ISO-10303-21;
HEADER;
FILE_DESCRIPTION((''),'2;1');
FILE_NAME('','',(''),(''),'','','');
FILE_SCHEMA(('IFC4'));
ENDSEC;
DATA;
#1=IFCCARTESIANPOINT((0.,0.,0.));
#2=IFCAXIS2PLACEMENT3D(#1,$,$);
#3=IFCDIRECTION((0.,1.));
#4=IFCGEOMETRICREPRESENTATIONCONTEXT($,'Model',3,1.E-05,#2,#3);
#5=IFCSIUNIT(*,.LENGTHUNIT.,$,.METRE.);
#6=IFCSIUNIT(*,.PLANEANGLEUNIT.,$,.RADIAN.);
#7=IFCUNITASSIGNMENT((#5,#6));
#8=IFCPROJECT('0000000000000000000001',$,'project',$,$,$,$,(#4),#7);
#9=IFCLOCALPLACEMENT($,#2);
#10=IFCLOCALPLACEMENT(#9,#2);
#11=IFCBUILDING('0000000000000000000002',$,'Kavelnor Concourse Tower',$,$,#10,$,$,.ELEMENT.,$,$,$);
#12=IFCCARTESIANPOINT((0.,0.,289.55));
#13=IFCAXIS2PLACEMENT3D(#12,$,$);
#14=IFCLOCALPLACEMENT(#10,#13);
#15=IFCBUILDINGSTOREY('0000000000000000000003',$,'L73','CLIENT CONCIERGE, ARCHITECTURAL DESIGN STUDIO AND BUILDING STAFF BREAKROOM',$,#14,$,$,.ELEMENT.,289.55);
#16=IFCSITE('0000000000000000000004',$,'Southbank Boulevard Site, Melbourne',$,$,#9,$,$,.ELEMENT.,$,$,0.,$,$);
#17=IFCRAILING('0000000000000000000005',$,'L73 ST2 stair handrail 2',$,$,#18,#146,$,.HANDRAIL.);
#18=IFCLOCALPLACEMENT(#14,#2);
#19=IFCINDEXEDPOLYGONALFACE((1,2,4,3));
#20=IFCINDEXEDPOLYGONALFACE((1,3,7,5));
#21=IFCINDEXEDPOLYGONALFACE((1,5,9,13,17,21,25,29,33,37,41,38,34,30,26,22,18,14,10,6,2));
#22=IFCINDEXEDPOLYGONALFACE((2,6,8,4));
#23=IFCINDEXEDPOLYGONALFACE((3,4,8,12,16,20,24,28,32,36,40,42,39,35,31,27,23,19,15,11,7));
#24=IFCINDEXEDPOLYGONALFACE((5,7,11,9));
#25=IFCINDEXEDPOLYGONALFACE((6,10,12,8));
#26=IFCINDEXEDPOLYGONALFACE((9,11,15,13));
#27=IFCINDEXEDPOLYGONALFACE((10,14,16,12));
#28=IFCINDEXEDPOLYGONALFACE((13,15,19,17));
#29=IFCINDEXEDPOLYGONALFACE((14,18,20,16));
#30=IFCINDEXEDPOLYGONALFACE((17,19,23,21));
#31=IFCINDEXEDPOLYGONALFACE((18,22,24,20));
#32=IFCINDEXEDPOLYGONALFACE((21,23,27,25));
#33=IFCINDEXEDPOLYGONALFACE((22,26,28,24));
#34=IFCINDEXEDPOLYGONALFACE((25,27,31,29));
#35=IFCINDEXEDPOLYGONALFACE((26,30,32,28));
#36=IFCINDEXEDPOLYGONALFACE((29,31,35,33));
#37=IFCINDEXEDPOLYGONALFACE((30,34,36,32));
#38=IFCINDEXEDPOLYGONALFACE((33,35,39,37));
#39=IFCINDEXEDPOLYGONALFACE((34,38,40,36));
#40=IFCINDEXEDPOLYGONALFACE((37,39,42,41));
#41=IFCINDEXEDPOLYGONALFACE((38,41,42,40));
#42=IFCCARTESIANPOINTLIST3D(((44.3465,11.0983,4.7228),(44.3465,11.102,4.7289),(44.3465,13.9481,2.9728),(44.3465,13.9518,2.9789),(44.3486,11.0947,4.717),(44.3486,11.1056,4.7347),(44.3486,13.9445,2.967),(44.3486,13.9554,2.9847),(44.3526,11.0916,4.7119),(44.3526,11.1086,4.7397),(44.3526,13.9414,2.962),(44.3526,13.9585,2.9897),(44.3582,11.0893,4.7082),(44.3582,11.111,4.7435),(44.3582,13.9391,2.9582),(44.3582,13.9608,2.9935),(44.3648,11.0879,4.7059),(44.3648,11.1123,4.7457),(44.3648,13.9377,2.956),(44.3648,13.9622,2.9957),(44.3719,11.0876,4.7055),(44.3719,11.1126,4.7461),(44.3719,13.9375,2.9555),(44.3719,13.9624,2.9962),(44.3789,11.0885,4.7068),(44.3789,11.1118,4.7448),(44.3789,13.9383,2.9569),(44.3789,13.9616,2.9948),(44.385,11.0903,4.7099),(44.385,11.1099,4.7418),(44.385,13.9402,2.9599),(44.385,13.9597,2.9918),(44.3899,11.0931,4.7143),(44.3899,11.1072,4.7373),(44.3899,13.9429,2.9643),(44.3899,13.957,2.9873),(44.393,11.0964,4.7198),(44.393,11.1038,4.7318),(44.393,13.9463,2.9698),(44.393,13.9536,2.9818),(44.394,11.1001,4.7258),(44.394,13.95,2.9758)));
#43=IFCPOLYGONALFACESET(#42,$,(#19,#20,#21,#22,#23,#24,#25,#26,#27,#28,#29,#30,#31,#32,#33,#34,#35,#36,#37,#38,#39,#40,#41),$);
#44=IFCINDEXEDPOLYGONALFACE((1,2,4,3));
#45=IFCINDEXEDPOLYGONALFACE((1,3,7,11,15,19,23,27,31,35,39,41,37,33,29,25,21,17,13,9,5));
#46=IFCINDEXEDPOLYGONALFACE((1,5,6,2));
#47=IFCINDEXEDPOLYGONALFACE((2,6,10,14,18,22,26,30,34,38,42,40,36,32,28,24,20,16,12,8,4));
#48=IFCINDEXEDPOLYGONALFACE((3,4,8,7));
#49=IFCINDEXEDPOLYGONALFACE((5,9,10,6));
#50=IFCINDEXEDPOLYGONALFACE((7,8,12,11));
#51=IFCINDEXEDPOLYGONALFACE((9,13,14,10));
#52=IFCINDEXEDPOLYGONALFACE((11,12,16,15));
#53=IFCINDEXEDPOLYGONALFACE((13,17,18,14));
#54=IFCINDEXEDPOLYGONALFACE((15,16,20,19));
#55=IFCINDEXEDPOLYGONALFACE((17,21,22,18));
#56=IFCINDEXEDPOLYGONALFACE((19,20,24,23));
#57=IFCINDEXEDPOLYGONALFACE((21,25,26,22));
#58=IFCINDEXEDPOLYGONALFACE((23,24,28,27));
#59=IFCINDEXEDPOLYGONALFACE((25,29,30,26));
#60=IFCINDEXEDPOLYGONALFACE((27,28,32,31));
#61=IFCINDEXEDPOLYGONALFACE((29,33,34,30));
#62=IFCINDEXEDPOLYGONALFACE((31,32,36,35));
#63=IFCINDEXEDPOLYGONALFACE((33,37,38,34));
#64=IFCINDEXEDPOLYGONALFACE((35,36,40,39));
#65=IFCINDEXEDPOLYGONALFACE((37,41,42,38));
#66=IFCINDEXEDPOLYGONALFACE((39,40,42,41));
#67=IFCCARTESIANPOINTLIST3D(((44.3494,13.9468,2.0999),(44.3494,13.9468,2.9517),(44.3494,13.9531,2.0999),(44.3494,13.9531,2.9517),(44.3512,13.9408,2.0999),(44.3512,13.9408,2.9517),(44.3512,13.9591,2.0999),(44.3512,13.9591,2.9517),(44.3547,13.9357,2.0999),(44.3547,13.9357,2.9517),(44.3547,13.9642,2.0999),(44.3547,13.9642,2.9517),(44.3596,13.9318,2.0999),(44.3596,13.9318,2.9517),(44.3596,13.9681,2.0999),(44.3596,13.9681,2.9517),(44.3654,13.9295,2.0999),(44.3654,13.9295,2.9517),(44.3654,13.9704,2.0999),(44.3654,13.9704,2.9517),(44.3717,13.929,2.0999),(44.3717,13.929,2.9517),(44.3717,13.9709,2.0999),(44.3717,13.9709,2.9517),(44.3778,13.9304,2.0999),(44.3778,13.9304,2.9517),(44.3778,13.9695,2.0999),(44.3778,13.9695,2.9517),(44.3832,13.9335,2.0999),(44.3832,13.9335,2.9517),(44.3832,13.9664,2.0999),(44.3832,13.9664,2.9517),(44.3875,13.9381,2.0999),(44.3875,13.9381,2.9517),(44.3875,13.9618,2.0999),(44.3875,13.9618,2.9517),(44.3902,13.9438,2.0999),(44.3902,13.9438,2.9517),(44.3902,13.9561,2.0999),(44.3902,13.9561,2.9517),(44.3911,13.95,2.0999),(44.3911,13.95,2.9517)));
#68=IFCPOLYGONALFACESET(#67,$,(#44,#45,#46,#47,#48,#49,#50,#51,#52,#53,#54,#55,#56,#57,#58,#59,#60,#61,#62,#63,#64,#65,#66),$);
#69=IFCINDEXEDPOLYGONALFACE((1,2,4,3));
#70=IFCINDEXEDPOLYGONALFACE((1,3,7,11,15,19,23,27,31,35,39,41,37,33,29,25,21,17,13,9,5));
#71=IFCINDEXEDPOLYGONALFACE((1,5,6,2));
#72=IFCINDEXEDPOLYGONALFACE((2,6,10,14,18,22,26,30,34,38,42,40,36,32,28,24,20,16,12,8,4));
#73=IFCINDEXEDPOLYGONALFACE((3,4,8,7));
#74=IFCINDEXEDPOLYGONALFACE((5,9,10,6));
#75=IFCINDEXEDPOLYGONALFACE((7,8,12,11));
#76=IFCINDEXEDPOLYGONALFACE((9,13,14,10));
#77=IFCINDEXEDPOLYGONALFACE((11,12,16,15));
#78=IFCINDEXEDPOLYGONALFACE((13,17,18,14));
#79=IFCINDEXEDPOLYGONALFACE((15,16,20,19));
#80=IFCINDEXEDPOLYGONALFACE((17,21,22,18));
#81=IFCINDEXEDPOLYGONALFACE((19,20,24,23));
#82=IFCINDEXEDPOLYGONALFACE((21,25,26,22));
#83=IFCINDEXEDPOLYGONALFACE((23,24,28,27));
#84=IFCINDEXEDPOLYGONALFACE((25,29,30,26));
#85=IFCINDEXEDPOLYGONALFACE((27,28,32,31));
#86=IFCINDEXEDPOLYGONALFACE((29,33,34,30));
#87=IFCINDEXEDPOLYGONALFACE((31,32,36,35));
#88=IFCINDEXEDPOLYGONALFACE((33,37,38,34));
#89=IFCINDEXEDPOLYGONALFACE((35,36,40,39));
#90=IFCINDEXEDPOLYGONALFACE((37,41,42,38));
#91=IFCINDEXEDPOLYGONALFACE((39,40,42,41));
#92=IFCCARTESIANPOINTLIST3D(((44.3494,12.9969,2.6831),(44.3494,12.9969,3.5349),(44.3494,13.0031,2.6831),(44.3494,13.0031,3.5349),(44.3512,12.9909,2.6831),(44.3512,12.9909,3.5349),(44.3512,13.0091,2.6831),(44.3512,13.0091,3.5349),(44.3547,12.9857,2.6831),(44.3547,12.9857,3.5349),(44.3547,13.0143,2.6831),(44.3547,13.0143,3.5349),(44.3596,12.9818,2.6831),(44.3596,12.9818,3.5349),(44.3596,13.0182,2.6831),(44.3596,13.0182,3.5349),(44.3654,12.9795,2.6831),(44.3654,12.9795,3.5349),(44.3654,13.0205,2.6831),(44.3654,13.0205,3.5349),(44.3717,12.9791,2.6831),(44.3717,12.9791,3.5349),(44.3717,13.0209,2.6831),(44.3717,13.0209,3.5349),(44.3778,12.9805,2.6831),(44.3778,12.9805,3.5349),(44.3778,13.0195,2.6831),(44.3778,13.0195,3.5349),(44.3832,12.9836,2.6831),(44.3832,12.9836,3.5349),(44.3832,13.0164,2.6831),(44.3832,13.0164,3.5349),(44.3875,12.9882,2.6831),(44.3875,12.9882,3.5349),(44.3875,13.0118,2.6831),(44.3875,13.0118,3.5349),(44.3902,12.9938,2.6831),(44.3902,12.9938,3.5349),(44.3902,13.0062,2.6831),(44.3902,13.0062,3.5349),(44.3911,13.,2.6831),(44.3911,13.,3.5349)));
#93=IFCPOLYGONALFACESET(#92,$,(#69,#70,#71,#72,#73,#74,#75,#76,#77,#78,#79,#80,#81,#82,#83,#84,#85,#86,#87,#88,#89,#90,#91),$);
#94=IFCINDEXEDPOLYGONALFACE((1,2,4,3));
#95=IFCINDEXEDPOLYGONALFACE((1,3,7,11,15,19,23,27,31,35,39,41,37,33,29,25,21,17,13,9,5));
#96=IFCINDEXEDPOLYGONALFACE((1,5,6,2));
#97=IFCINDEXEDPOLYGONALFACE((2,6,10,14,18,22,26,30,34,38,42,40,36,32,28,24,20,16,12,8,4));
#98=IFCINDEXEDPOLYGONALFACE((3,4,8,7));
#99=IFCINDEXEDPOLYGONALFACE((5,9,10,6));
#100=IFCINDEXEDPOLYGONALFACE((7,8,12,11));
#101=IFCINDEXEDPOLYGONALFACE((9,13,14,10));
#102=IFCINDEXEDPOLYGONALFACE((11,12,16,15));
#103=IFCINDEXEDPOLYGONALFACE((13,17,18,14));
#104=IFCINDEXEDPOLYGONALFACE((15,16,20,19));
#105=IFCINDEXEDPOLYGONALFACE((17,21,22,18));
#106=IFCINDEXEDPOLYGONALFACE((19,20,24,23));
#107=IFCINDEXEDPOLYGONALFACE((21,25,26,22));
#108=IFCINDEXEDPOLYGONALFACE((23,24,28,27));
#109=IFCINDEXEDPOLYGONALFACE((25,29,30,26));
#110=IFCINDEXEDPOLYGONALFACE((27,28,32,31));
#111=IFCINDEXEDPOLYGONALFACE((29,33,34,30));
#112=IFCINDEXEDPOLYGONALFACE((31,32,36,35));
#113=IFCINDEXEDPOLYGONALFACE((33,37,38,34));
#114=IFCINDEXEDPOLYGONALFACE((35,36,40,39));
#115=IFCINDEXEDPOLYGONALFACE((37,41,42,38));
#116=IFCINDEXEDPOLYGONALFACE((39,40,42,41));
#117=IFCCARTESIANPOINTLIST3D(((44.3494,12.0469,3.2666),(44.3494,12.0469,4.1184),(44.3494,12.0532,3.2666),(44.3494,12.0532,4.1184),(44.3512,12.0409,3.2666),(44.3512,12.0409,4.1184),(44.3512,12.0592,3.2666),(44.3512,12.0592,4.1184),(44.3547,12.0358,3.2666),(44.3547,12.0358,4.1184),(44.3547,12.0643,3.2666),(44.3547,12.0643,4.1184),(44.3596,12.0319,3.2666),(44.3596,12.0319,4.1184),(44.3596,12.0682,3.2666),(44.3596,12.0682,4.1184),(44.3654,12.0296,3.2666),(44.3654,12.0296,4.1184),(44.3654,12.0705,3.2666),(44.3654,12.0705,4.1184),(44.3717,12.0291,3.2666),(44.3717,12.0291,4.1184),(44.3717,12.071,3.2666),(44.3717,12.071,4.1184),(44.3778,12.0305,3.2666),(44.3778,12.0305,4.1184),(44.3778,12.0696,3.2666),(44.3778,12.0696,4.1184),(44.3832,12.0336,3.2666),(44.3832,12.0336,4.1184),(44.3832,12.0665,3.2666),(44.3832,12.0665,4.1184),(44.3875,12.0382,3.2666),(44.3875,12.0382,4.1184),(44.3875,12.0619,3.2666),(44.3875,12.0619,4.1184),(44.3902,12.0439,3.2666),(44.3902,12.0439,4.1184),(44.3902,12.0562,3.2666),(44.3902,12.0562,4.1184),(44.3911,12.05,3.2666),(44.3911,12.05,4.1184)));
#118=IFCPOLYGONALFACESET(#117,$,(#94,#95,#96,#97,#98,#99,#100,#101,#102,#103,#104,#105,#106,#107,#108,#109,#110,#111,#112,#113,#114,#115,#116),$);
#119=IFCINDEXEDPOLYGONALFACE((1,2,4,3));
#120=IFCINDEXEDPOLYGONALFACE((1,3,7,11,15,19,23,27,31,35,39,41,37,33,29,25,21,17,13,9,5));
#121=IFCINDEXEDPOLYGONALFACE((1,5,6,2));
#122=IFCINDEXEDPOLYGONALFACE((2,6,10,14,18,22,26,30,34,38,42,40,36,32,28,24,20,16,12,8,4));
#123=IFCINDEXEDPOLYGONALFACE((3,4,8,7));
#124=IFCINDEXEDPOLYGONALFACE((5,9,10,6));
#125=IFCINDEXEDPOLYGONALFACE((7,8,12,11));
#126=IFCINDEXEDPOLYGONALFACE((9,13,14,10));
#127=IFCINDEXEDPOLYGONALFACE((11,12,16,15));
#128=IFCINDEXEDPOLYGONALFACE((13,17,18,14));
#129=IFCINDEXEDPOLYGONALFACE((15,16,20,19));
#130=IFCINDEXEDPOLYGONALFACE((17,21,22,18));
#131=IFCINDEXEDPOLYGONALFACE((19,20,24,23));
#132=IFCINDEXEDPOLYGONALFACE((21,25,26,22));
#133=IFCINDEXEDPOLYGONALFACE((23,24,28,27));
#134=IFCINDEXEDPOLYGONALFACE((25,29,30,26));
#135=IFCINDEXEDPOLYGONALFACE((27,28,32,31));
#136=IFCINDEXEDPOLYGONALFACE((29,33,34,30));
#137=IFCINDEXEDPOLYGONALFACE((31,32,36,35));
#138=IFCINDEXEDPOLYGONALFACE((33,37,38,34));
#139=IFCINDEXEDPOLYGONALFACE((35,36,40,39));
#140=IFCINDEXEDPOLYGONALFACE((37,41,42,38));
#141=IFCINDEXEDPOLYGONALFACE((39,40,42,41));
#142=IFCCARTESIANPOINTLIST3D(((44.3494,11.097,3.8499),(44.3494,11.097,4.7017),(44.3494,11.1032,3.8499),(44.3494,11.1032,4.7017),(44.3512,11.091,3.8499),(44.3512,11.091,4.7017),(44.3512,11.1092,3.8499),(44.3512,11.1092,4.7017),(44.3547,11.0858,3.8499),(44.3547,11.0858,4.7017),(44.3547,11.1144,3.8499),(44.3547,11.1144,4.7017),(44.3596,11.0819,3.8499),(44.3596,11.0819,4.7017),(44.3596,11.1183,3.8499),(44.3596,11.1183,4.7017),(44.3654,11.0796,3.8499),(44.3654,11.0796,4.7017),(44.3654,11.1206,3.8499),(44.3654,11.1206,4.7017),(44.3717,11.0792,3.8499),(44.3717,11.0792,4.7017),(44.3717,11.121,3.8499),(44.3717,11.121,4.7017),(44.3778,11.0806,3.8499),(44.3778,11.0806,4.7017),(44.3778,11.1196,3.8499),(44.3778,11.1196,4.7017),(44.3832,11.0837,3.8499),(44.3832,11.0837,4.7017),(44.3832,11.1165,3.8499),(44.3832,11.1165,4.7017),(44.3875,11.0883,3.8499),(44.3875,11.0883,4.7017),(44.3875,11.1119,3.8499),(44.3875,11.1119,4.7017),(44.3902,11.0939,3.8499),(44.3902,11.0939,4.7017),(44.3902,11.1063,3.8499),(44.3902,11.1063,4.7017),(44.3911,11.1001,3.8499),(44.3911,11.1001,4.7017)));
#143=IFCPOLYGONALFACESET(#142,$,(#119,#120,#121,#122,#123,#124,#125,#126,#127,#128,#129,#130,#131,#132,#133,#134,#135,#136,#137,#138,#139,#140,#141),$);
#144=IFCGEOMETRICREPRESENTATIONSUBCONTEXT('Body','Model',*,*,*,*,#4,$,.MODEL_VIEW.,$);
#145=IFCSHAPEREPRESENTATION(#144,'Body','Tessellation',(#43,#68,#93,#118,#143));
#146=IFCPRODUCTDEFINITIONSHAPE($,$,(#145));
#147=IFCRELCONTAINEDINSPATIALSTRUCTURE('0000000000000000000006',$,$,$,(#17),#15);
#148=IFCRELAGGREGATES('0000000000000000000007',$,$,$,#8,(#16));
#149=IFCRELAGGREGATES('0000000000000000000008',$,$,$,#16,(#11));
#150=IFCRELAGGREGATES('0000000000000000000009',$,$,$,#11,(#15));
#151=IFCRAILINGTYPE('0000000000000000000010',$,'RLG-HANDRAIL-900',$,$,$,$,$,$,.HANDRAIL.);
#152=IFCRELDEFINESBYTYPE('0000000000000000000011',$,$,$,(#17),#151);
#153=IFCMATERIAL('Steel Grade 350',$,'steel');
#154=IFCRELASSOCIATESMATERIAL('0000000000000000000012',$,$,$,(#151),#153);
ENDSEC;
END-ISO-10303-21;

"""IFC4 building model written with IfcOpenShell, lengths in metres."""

from ifc_helpers import new_model, si_unit, direction, frame, origin, origin_2d, place, context, subcontext, project, spatial, circle, extrude, material, type_object, element, save


model = new_model("IFC4")

# Units and contexts
model_context = context("Model", 3, precision=1e-05, world=origin(), true_north=direction((0.0, 1.0)))
body_context = subcontext(model_context, "Body", "Model", "MODEL_VIEW")
ifc_project = project(units=[si_unit("LENGTHUNIT", "METRE"), si_unit("PLANEANGLEUNIT", "RADIAN")], contexts=[model_context])

# Site, building, storey
site_placement = place(None, origin())
site = spatial("IfcSite", under=ifc_project, at=site_placement, Name="Southbank Boulevard Site, Melbourne", CompositionType="ELEMENT", RefElevation=0.0)
building_placement = place(site_placement, origin())
building = spatial("IfcBuilding", under=site, at=building_placement, Name="Kavelnor Concourse Tower", CompositionType="ELEMENT")
storey_placement = place(building_placement, frame((0.0, 0.0, 289.55)))
storey = spatial("IfcBuildingStorey", under=building, at=storey_placement, Name="L73", Description="CLIENT CONCIERGE, ARCHITECTURAL DESIGN STUDIO AND BUILDING STAFF BREAKROOM", CompositionType="ELEMENT", Elevation=289.55)

# Shared definitions
ifc_material_1 = material(Name="Steel Grade 350", Category="steel")

# Railing
railing_type_1 = type_object("IfcRailingType", Name="RLG-HANDRAIL-900", PredefinedType="HANDRAIL", material=ifc_material_1)
railing_1_placement = place(storey_placement, frame((44.3701, 13.95, 2.0999)))
element("IfcRailing", 1, at=railing_1_placement, inside=storey, type_object=railing_type_1, Name="L73 ST2 stair handrail 2", PredefinedType="HANDRAIL", context=body_context, shape_type="SweptSolid", body=[
    extrude(circle(Radius=0.0239, at=origin_2d()), frame((0.0, 0.0, 0.876), z_axis=(0.0, -0.852159, 0.523283), x_axis=(1.0, 0.0, 0.0)), (0.0, 0.0, 1.0), 3.3442),
    extrude(circle(Radius=0.021, at=origin_2d()), origin(), (0.0, 0.0, 1.0), 0.8518),
    extrude(circle(Radius=0.021, at=origin_2d()), frame((0.0, -0.95, 0.5833)), (0.0, 0.0, 1.0), 0.8518),
    extrude(circle(Radius=0.021, at=origin_2d()), frame((0.0, -1.8999, 1.1667)), (0.0, 0.0, 1.0), 0.8518),
    extrude(circle(Radius=0.021, at=origin_2d()), frame((0.0, -2.8499, 1.75)), (0.0, 0.0, 1.0), 0.8518),
])

save(model, "model.ifc")
